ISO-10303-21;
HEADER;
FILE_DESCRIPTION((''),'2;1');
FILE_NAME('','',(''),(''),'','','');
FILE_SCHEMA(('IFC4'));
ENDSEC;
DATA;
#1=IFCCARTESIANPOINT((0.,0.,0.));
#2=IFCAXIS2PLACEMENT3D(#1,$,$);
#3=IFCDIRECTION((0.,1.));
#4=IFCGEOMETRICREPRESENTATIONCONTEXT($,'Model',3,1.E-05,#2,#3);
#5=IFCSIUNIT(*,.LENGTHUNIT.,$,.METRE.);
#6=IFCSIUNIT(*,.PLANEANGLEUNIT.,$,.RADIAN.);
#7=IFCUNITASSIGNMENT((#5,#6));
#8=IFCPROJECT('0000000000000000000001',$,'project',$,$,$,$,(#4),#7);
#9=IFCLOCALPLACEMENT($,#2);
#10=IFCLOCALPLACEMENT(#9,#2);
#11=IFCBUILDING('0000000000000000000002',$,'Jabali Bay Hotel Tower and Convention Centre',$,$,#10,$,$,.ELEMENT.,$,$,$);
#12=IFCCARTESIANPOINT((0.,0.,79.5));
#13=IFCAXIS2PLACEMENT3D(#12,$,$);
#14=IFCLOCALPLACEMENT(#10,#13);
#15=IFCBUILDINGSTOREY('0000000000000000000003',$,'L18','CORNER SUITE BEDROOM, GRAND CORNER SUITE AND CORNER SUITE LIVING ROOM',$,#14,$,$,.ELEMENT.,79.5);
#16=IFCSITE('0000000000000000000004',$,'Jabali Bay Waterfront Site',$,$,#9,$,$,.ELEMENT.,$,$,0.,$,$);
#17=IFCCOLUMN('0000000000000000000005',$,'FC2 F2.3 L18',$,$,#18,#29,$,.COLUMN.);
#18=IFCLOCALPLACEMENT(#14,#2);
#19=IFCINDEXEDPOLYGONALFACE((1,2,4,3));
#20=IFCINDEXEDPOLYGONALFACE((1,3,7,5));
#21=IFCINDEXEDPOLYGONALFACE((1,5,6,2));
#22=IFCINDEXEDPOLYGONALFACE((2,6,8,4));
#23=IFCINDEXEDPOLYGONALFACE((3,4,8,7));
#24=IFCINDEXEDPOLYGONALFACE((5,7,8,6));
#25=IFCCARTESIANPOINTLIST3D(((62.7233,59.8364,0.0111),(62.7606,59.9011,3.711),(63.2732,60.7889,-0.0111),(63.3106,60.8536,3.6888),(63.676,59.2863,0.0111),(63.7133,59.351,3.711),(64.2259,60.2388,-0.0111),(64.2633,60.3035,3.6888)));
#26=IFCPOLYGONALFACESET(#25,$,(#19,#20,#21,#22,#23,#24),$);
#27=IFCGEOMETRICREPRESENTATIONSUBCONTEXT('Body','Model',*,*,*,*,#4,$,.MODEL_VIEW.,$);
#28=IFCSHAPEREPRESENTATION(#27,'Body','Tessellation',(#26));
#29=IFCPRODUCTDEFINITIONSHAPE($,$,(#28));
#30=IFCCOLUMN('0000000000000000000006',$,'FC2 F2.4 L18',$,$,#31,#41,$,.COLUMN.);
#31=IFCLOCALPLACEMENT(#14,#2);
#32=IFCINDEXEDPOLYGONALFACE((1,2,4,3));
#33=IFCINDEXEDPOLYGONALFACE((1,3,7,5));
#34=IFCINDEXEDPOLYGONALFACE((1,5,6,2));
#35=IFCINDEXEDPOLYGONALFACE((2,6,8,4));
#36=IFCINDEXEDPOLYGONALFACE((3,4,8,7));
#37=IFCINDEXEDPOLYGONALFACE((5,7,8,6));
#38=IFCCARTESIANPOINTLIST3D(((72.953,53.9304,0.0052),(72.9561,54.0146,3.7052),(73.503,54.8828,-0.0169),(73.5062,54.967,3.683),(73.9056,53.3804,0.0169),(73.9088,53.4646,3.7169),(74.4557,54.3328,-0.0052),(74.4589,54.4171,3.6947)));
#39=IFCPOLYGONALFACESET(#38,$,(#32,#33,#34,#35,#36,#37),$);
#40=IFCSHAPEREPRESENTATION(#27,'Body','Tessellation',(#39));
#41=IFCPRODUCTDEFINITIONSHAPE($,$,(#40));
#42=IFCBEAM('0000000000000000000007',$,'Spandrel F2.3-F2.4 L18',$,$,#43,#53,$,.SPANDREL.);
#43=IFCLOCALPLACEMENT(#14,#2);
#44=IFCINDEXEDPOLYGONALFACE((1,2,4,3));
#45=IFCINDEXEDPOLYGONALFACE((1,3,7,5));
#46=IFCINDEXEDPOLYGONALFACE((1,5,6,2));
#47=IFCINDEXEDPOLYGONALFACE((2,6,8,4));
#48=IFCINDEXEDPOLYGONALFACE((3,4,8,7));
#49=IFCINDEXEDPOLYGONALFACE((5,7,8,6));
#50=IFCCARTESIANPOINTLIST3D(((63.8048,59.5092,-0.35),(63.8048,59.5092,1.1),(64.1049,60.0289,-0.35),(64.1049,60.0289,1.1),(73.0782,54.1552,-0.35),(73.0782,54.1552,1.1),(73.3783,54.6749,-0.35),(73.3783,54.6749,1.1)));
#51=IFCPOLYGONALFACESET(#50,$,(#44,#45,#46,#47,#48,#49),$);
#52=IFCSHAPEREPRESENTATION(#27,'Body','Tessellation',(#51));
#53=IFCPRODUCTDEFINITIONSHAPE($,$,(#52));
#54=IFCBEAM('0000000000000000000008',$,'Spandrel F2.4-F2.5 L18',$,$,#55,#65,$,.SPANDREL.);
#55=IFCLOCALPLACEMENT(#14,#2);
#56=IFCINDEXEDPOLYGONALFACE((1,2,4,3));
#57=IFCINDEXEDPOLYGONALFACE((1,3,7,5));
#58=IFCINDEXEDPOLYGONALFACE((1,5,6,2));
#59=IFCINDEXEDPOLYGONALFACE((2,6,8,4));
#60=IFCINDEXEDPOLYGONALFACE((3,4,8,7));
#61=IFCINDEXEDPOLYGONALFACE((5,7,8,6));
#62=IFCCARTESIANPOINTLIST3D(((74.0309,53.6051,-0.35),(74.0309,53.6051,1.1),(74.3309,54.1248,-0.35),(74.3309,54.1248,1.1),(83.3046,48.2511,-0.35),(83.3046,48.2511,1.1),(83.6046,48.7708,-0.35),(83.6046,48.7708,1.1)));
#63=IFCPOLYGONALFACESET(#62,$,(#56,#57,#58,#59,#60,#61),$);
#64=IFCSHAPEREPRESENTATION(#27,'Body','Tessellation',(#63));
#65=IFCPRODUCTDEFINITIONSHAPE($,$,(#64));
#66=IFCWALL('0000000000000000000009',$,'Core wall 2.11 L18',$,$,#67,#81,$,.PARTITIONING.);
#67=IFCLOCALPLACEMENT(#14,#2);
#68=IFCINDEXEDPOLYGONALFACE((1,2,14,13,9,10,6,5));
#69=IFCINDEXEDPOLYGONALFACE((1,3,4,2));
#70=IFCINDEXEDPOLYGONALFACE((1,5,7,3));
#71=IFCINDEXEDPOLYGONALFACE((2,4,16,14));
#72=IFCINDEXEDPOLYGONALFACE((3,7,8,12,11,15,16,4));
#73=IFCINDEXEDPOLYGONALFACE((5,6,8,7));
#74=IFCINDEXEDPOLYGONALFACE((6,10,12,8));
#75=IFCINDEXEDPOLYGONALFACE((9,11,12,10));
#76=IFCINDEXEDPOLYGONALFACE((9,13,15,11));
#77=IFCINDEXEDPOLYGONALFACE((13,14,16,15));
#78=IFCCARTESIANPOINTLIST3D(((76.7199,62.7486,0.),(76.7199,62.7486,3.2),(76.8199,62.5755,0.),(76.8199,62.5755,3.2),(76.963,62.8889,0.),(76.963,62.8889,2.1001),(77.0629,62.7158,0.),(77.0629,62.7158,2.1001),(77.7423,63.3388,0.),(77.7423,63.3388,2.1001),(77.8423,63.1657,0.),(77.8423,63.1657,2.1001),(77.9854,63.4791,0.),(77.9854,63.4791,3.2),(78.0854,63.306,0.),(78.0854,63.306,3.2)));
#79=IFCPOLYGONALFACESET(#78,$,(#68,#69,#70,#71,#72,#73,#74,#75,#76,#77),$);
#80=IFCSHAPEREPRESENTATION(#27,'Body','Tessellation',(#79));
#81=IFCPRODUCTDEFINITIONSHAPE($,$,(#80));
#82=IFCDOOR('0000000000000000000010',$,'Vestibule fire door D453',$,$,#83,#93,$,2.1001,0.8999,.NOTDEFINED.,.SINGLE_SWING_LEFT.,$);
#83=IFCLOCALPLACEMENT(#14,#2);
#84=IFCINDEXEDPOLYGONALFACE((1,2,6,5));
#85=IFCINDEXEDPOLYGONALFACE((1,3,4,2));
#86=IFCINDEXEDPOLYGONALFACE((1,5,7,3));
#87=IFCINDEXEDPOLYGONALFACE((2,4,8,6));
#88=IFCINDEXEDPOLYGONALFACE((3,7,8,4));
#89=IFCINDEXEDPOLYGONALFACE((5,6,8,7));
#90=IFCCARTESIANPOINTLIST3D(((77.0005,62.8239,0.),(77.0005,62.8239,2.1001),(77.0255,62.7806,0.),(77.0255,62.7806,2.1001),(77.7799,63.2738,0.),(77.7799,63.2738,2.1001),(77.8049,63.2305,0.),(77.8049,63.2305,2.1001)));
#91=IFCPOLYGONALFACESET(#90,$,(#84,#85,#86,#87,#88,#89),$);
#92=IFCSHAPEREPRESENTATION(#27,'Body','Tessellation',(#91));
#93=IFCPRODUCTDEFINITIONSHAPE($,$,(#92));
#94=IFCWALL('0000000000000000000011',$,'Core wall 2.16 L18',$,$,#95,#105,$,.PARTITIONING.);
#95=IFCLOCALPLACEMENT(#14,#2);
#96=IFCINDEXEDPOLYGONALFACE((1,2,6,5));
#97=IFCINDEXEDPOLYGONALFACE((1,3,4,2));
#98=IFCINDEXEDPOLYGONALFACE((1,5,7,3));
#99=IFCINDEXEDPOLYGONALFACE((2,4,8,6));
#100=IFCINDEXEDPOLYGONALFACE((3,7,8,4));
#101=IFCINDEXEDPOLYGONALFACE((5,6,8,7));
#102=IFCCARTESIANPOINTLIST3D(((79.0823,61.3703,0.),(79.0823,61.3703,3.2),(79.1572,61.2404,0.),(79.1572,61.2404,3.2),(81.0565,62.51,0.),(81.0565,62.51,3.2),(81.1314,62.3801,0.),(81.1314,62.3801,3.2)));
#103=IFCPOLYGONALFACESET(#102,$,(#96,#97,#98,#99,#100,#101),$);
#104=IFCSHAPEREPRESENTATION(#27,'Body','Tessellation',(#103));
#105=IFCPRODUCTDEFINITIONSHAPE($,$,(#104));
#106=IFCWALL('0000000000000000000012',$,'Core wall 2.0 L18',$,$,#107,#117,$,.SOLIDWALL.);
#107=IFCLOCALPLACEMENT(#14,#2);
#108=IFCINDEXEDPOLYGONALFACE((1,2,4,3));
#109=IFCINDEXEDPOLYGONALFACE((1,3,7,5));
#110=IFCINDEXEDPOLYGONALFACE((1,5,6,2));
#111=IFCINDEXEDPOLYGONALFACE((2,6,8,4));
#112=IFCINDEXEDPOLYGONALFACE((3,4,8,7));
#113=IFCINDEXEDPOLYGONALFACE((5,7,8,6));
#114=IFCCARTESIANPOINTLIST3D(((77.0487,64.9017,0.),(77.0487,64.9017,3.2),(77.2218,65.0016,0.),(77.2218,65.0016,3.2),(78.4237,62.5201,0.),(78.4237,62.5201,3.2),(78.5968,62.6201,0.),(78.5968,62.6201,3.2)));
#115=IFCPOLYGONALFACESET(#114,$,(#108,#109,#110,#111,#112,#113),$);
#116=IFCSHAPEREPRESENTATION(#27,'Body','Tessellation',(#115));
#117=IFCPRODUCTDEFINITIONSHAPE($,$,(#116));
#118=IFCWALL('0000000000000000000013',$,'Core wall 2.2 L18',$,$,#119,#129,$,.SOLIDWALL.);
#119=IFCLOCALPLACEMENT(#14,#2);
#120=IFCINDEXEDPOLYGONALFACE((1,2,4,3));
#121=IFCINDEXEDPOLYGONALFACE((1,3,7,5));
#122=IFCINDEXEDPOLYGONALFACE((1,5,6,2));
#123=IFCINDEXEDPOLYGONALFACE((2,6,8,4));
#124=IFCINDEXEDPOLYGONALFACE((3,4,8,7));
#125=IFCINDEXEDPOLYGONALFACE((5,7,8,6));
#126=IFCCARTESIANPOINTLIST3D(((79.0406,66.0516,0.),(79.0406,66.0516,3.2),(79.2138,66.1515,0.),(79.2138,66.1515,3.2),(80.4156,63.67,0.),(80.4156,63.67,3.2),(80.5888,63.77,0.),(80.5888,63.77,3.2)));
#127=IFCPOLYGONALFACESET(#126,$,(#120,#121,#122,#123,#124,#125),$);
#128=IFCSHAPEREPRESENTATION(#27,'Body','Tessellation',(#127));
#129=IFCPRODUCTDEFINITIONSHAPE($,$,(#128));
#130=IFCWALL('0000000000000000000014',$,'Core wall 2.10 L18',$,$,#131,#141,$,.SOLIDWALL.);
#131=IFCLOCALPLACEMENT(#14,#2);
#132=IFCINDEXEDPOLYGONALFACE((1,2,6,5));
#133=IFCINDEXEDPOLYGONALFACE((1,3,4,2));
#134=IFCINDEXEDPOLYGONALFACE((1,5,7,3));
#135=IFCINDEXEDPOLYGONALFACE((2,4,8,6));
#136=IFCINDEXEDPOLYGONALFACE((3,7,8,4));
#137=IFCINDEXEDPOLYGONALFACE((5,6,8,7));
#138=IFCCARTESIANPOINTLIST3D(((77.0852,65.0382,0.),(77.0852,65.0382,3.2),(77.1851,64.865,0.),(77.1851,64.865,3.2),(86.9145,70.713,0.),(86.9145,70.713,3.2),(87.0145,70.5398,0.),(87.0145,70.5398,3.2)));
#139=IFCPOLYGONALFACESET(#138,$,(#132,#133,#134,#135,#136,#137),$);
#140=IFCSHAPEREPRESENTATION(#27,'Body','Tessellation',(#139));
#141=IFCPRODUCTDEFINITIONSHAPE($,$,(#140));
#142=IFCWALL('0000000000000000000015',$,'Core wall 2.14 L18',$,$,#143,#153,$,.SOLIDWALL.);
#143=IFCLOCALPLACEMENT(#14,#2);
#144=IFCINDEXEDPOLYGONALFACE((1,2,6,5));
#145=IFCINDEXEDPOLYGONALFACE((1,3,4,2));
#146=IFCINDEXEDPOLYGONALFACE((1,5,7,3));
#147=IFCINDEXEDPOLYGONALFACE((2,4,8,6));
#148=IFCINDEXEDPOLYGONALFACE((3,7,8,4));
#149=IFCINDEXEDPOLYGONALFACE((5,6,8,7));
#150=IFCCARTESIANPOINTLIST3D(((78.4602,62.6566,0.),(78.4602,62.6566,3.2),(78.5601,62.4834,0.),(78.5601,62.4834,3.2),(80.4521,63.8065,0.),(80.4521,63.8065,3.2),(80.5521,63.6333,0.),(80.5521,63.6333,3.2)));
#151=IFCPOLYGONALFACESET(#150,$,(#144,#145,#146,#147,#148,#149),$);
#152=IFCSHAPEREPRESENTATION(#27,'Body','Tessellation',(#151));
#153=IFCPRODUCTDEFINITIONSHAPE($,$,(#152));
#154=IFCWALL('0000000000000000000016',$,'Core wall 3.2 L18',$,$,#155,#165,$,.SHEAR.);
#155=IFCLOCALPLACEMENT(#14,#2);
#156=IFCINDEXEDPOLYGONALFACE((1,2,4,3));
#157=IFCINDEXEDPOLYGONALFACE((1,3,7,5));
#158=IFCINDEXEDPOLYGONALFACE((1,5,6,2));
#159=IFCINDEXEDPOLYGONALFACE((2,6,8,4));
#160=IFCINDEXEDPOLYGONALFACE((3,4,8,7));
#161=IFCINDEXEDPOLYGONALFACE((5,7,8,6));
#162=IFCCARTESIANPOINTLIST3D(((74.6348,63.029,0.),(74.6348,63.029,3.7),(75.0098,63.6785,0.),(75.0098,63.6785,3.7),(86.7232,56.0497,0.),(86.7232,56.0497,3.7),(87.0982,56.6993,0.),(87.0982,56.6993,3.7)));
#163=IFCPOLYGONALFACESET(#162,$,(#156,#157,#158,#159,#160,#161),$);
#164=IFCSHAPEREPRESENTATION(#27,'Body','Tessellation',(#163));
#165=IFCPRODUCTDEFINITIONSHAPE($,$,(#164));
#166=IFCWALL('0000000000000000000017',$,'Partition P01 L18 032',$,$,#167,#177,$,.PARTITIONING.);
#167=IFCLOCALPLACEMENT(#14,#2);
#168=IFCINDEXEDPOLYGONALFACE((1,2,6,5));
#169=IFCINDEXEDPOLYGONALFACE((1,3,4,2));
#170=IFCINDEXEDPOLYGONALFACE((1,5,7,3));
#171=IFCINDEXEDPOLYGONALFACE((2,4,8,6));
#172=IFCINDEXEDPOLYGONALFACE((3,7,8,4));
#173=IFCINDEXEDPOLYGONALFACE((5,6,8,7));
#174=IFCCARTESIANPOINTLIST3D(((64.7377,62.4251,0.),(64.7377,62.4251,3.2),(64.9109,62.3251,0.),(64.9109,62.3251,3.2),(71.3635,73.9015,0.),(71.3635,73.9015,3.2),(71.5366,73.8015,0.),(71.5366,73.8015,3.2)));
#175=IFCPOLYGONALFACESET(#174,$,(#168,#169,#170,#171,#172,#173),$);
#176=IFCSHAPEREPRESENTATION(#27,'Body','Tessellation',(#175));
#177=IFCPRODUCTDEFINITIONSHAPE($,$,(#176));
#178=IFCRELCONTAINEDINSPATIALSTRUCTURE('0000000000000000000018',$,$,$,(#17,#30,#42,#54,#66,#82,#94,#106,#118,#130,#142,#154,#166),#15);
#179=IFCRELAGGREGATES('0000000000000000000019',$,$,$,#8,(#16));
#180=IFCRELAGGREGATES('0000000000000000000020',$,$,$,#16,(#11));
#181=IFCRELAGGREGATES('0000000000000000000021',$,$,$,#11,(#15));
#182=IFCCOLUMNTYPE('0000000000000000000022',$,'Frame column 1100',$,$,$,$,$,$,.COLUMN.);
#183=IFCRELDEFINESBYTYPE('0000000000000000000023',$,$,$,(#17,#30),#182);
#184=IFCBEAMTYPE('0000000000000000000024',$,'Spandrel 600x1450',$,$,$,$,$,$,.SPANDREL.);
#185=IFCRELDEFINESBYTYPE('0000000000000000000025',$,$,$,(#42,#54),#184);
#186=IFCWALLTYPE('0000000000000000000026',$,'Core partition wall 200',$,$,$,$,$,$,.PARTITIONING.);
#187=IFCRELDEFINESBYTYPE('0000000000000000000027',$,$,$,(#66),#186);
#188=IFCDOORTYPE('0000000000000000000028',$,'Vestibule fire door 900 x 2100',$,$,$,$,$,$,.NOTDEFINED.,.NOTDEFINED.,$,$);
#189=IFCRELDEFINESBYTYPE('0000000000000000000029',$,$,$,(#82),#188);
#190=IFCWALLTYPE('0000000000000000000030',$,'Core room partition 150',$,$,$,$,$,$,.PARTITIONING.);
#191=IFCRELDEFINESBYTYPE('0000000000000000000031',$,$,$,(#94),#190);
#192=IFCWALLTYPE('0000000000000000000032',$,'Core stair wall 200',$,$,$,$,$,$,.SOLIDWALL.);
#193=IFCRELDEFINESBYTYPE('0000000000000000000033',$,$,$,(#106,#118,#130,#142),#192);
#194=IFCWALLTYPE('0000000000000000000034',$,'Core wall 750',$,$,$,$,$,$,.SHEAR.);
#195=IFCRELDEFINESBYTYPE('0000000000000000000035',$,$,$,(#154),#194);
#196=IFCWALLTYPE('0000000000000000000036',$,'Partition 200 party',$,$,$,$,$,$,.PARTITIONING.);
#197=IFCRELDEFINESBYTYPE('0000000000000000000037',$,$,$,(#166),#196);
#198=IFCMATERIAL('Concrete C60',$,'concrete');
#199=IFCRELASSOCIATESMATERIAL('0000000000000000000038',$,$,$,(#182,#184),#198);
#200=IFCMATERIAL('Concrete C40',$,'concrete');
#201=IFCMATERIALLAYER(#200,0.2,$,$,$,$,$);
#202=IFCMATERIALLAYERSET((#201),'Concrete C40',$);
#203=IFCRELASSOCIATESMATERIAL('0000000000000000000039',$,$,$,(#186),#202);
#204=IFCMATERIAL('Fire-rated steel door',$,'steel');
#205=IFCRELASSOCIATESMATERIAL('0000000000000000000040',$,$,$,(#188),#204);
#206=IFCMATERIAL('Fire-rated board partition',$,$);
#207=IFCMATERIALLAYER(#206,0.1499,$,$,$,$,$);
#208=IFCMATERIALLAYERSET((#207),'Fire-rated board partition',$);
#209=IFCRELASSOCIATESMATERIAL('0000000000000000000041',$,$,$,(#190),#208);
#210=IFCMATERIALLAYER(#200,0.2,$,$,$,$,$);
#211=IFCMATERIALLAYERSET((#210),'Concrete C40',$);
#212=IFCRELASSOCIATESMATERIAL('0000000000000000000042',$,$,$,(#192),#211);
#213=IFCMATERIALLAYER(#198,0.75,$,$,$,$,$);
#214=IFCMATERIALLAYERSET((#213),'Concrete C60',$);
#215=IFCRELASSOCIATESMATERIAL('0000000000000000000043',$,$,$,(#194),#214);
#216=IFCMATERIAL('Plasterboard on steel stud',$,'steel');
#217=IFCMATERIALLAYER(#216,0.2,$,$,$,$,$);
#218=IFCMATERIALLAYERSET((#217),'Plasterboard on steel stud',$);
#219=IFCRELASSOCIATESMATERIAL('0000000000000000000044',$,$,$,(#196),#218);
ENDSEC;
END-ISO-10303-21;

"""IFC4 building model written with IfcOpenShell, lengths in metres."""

from ifc_helpers import new_model, si_unit, direction, frame, frame_2d, origin, origin_2d, place, context, subcontext, project, spatial, rectangle, extrude, material, layer, layer_set, material_profile, profile_set, type_object, element, fill, save


model = new_model("IFC4")

# Units and contexts
model_context = context("Model", 3, precision=1e-05, world=origin(), true_north=direction((0.0, 1.0)))
body_context = subcontext(model_context, "Body", "Model", "MODEL_VIEW")
ifc_project = project(units=[si_unit("LENGTHUNIT", "METRE"), si_unit("PLANEANGLEUNIT", "RADIAN")], contexts=[model_context])

# Site, building, storey
site_placement = place(None, origin())
site = spatial("IfcSite", under=ifc_project, at=site_placement, Name="Jabali Bay Waterfront Site", CompositionType="ELEMENT", RefElevation=0.0)
building_placement = place(site_placement, origin())
building = spatial("IfcBuilding", under=site, at=building_placement, Name="Jabali Bay Hotel Tower and Convention Centre", CompositionType="ELEMENT")
storey_placement = place(building_placement, frame((0.0, 0.0, 79.5)))
storey = spatial("IfcBuildingStorey", under=building, at=storey_placement, Name="L18", Description="CORNER SUITE BEDROOM, GRAND CORNER SUITE AND CORNER SUITE LIVING ROOM", CompositionType="ELEMENT", Elevation=79.5)

# Columns
ifc_material_1 = material(Name="Concrete C60", Category="concrete")
ifc_material_profile_1 = material_profile(ifc_material_1, rectangle(XDim=1.1001, YDim=1.1001, at=origin_2d()), Name="Frame column 1100")
ifc_profile_set_1 = profile_set([ifc_material_profile_1], Name="Concrete C60")
column_type = type_object("IfcColumnType", Name="Frame column 1100", PredefinedType="COLUMN", material=ifc_profile_set_1)
column_1_placement = place(storey_placement, frame((63.4746, 60.0376, 0.0), z_axis=(0.010094, 0.017482, 0.999796), x_axis=(-0.499907, -0.865844, 0.020187)))
element("IfcColumn", 1, at=column_1_placement, inside=storey, type_object=column_type, Name="FC2 F2.3 L18", PredefinedType="COLUMN", context=body_context, shape_type="SweptSolid", body=[
    extrude(rectangle(XDim=1.1001, YDim=1.1001, at=origin_2d()), origin(), (0.0, 0.0, 1.0), 3.7007),
])
column_2_placement = place(storey_placement, frame((73.7043, 54.1316, 0.0), z_axis=(0.000858, 0.022759, 0.999741), x_axis=(-0.500033, -0.865772, 0.020138)))
element("IfcColumn", 2, at=column_2_placement, inside=storey, type_object=column_type, Name="FC2 F2.4 L18", PredefinedType="COLUMN", context=body_context, shape_type="SweptSolid", body=[
    extrude(rectangle(XDim=1.1001, YDim=1.1001, at=origin_2d()), origin(), (0.0, 0.0, 1.0), 3.7009),
])

# Beams
ifc_material_profile_2 = material_profile(ifc_material_1, rectangle(XDim=0.6001, YDim=1.45, at=origin_2d()), Name="Spandrel 600x1450")
ifc_profile_set_2 = profile_set([ifc_material_profile_2], Name="Concrete C60")
beam_type = type_object("IfcBeamType", Name="Spandrel 600x1450", PredefinedType="SPANDREL", material=ifc_profile_set_2)
beam_1_placement = place(storey_placement, frame((63.9548, 59.769, 0.375), z_axis=(0.866026, -0.499999, 0.0), x_axis=(0.499999, 0.866026, 0.0)))
element("IfcBeam", 3, at=beam_1_placement, inside=storey, type_object=beam_type, Name="Spandrel F2.3-F2.4 L18", PredefinedType="SPANDREL", context=body_context, shape_type="SweptSolid", body=[
    extrude(rectangle(XDim=0.6001, YDim=1.45, at=origin_2d()), origin(), (0.0, 0.0, 1.0), 10.708),
])
beam_2_placement = place(storey_placement, frame((74.1809, 53.865, 0.375), z_axis=(0.866032, -0.499989, 0.0), x_axis=(0.499989, 0.866032, 0.0)))
element("IfcBeam", 4, at=beam_2_placement, inside=storey, type_object=beam_type, Name="Spandrel F2.4-F2.5 L18", PredefinedType="SPANDREL", context=body_context, shape_type="SweptSolid", body=[
    extrude(rectangle(XDim=0.6001, YDim=1.45, at=origin_2d()), origin(), (0.0, 0.0, 1.0), 10.7083),
])

# Wall, opening, door
ifc_material_2 = material(Name="Concrete C40", Category="concrete")
ifc_layer_1 = layer(ifc_material_2, 0.2)
ifc_layer_set_1 = layer_set([ifc_layer_1], Name="Concrete C40")
wall_type_1 = type_object("IfcWallType", Name="Core partition wall 200", PredefinedType="PARTITIONING", material=ifc_layer_set_1)
wall_1_placement = place(storey_placement, frame((76.77, 62.6621, 0.0), z_axis=(0.0, 0.0, 1.0), x_axis=(0.866055, 0.499949, 0.0)))
wall_1 = element("IfcWall", 5, at=wall_1_placement, inside=storey, type_object=wall_type_1, Name="Core wall 2.11 L18", PredefinedType="PARTITIONING", context=body_context, shape_type="SweptSolid", body=[
    extrude(rectangle(XDim=1.4612, YDim=0.2, at=frame_2d((0.7305, 0.0))), origin(), (0.0, 0.0, 1.0), 3.2),
])
opening_placement = place(wall_1_placement, frame((0.2805, 0.0, 0.0)))
opening = element("IfcOpeningElement", 6, at=opening_placement, cuts=wall_1, PredefinedType="OPENING", context=body_context, shape_type="SweptSolid", body=[
    extrude(rectangle(XDim=0.8999, YDim=2.1001, at=frame_2d((0.45, 1.05))), frame((0.0, 0.1104, 0.0), z_axis=(0.0, -1.0, 0.0), x_axis=(1.0, 0.0, 0.0)), (0.0, 0.0, 1.0), 0.2209),
])
ifc_material_3 = material(Name="Fire-rated steel door", Category="steel")
door_type = type_object("IfcDoorType", Name="Vestibule fire door 900 x 2100", OperationType="NOTDEFINED", PredefinedType="NOTDEFINED", material=ifc_material_3)
door_placement = place(opening_placement, origin())
door = element("IfcDoor", 7, at=door_placement, inside=storey, type_object=door_type, Name="Vestibule fire door D453", OperationType="SINGLE_SWING_LEFT", OverallHeight=2.1001, OverallWidth=0.8999, PredefinedType="NOTDEFINED", context=body_context, shape_type="SweptSolid", body=[
    extrude(rectangle(XDim=0.8999, YDim=2.1001, at=frame_2d((0.45, 1.05))), frame((0.0, 0.0249, 0.0), z_axis=(0.0, -1.0, 0.0), x_axis=(1.0, 0.0, 0.0)), (0.0, 0.0, 1.0), 0.05),
])
fill(opening, door)

# Walls
ifc_material_4 = material(Name="Fire-rated board partition")
ifc_layer_2 = layer(ifc_material_4, 0.1499)
ifc_layer_set_2 = layer_set([ifc_layer_2], Name="Fire-rated board partition")
wall_type_2 = type_object("IfcWallType", Name="Core room partition 150", PredefinedType="PARTITIONING", material=ifc_layer_set_2)
wall_2_placement = place(storey_placement, frame((79.1199, 61.3054, 0.0), z_axis=(0.0, 0.0, 1.0), x_axis=(0.866046, 0.499964, 0.0)))
element("IfcWall", 8, at=wall_2_placement, inside=storey, type_object=wall_type_2, Name="Core wall 2.16 L18", PredefinedType="PARTITIONING", context=body_context, shape_type="SweptSolid", body=[
    extrude(rectangle(XDim=2.2795, YDim=0.1499, at=frame_2d((1.1396, 0.0))), origin(), (0.0, 0.0, 1.0), 3.2),
])
ifc_layer_3 = layer(ifc_material_2, 0.2)
ifc_layer_set_3 = layer_set([ifc_layer_3], Name="Concrete C40")
wall_type_3 = type_object("IfcWallType", Name="Core stair wall 200", PredefinedType="SOLIDWALL", material=ifc_layer_set_3)
for number, where, z_axis, x_axis, name in (
    (9, (77.1353, 64.9517, 0.0), (0.0, 0.0, 1.0), (0.499997, -0.866027, 0.0), "Core wall 2.0 L18"),
    (10, (79.1272, 66.1016, 0.0), (0.0, 0.0, 1.0), (0.499997, -0.866027, 0.0), "Core wall 2.2 L18"),
):
    element("IfcWall", number, at=place(storey_placement, frame(where, z_axis=z_axis, x_axis=x_axis)), inside=storey, type_object=wall_type_3, Name=name, PredefinedType="SOLIDWALL", context=body_context, shape_type="SweptSolid", body=[
        extrude(rectangle(XDim=2.75, YDim=0.2, at=frame_2d((1.375, 0.0))), origin(), (0.0, 0.0, 1.0), 3.2),
    ])
wall_3_placement = place(storey_placement, frame((77.1353, 64.9517, 0.0), z_axis=(0.0, 0.0, 1.0), x_axis=(0.866032, 0.499989, 0.0)))
element("IfcWall", 11, at=wall_3_placement, inside=storey, type_object=wall_type_3, Name="Core wall 2.10 L18", PredefinedType="SOLIDWALL", context=body_context, shape_type="SweptSolid", body=[
    extrude(rectangle(XDim=11.3499, YDim=0.2, at=frame_2d((5.6748, 0.0))), origin(), (0.0, 0.0, 1.0), 3.2),
])
wall_4_placement = place(storey_placement, frame((78.5103, 62.5701, 0.0), z_axis=(0.0, 0.0, 1.0), x_axis=(0.866053, 0.499952, 0.0)))
element("IfcWall", 12, at=wall_4_placement, inside=storey, type_object=wall_type_3, Name="Core wall 2.14 L18", PredefinedType="SOLIDWALL", context=body_context, shape_type="SweptSolid", body=[
    extrude(rectangle(XDim=2.3, YDim=0.2, at=frame_2d((1.1499, 0.0))), origin(), (0.0, 0.0, 1.0), 3.2),
])
ifc_layer_4 = layer(ifc_material_1, 0.75)
ifc_layer_set_4 = layer_set([ifc_layer_4], Name="Concrete C60")
wall_type_4 = type_object("IfcWallType", Name="Core wall 750", PredefinedType="SHEAR", material=ifc_layer_set_4)
wall_5_placement = place(storey_placement, frame((74.8223, 63.3538, 0.0), z_axis=(0.0, 0.0, 1.0), x_axis=(0.866025, -0.500001, 0.0)))
element("IfcWall", 13, at=wall_5_placement, inside=storey, type_object=wall_type_4, Name="Core wall 3.2 L18", PredefinedType="SHEAR", context=body_context, shape_type="SweptSolid", body=[
    extrude(rectangle(XDim=13.9585, YDim=0.75, at=frame_2d((6.9792, 0.0))), origin(), (0.0, 0.0, 1.0), 3.7),
])
ifc_material_5 = material(Name="Plasterboard on steel stud", Category="steel")
ifc_layer_5 = layer(ifc_material_5, 0.2)
ifc_layer_set_5 = layer_set([ifc_layer_5], Name="Plasterboard on steel stud")
wall_type_5 = type_object("IfcWallType", Name="Partition 200 party", PredefinedType="PARTITIONING", material=ifc_layer_set_5)
wall_6_placement = place(storey_placement, frame((64.8242, 62.375, 0.0), z_axis=(0.0, 0.0, 1.0), x_axis=(0.499993, 0.866029, 0.0)))
element("IfcWall", 14, at=wall_6_placement, inside=storey, type_object=wall_type_5, Name="Partition P01 L18 032", PredefinedType="PARTITIONING", context=body_context, shape_type="SweptSolid", body=[
    extrude(rectangle(XDim=13.2517, YDim=0.2, at=frame_2d((6.626, 0.0))), origin(), (0.0, 0.0, 1.0), 3.2),
])

save(model, "model.ifc")
